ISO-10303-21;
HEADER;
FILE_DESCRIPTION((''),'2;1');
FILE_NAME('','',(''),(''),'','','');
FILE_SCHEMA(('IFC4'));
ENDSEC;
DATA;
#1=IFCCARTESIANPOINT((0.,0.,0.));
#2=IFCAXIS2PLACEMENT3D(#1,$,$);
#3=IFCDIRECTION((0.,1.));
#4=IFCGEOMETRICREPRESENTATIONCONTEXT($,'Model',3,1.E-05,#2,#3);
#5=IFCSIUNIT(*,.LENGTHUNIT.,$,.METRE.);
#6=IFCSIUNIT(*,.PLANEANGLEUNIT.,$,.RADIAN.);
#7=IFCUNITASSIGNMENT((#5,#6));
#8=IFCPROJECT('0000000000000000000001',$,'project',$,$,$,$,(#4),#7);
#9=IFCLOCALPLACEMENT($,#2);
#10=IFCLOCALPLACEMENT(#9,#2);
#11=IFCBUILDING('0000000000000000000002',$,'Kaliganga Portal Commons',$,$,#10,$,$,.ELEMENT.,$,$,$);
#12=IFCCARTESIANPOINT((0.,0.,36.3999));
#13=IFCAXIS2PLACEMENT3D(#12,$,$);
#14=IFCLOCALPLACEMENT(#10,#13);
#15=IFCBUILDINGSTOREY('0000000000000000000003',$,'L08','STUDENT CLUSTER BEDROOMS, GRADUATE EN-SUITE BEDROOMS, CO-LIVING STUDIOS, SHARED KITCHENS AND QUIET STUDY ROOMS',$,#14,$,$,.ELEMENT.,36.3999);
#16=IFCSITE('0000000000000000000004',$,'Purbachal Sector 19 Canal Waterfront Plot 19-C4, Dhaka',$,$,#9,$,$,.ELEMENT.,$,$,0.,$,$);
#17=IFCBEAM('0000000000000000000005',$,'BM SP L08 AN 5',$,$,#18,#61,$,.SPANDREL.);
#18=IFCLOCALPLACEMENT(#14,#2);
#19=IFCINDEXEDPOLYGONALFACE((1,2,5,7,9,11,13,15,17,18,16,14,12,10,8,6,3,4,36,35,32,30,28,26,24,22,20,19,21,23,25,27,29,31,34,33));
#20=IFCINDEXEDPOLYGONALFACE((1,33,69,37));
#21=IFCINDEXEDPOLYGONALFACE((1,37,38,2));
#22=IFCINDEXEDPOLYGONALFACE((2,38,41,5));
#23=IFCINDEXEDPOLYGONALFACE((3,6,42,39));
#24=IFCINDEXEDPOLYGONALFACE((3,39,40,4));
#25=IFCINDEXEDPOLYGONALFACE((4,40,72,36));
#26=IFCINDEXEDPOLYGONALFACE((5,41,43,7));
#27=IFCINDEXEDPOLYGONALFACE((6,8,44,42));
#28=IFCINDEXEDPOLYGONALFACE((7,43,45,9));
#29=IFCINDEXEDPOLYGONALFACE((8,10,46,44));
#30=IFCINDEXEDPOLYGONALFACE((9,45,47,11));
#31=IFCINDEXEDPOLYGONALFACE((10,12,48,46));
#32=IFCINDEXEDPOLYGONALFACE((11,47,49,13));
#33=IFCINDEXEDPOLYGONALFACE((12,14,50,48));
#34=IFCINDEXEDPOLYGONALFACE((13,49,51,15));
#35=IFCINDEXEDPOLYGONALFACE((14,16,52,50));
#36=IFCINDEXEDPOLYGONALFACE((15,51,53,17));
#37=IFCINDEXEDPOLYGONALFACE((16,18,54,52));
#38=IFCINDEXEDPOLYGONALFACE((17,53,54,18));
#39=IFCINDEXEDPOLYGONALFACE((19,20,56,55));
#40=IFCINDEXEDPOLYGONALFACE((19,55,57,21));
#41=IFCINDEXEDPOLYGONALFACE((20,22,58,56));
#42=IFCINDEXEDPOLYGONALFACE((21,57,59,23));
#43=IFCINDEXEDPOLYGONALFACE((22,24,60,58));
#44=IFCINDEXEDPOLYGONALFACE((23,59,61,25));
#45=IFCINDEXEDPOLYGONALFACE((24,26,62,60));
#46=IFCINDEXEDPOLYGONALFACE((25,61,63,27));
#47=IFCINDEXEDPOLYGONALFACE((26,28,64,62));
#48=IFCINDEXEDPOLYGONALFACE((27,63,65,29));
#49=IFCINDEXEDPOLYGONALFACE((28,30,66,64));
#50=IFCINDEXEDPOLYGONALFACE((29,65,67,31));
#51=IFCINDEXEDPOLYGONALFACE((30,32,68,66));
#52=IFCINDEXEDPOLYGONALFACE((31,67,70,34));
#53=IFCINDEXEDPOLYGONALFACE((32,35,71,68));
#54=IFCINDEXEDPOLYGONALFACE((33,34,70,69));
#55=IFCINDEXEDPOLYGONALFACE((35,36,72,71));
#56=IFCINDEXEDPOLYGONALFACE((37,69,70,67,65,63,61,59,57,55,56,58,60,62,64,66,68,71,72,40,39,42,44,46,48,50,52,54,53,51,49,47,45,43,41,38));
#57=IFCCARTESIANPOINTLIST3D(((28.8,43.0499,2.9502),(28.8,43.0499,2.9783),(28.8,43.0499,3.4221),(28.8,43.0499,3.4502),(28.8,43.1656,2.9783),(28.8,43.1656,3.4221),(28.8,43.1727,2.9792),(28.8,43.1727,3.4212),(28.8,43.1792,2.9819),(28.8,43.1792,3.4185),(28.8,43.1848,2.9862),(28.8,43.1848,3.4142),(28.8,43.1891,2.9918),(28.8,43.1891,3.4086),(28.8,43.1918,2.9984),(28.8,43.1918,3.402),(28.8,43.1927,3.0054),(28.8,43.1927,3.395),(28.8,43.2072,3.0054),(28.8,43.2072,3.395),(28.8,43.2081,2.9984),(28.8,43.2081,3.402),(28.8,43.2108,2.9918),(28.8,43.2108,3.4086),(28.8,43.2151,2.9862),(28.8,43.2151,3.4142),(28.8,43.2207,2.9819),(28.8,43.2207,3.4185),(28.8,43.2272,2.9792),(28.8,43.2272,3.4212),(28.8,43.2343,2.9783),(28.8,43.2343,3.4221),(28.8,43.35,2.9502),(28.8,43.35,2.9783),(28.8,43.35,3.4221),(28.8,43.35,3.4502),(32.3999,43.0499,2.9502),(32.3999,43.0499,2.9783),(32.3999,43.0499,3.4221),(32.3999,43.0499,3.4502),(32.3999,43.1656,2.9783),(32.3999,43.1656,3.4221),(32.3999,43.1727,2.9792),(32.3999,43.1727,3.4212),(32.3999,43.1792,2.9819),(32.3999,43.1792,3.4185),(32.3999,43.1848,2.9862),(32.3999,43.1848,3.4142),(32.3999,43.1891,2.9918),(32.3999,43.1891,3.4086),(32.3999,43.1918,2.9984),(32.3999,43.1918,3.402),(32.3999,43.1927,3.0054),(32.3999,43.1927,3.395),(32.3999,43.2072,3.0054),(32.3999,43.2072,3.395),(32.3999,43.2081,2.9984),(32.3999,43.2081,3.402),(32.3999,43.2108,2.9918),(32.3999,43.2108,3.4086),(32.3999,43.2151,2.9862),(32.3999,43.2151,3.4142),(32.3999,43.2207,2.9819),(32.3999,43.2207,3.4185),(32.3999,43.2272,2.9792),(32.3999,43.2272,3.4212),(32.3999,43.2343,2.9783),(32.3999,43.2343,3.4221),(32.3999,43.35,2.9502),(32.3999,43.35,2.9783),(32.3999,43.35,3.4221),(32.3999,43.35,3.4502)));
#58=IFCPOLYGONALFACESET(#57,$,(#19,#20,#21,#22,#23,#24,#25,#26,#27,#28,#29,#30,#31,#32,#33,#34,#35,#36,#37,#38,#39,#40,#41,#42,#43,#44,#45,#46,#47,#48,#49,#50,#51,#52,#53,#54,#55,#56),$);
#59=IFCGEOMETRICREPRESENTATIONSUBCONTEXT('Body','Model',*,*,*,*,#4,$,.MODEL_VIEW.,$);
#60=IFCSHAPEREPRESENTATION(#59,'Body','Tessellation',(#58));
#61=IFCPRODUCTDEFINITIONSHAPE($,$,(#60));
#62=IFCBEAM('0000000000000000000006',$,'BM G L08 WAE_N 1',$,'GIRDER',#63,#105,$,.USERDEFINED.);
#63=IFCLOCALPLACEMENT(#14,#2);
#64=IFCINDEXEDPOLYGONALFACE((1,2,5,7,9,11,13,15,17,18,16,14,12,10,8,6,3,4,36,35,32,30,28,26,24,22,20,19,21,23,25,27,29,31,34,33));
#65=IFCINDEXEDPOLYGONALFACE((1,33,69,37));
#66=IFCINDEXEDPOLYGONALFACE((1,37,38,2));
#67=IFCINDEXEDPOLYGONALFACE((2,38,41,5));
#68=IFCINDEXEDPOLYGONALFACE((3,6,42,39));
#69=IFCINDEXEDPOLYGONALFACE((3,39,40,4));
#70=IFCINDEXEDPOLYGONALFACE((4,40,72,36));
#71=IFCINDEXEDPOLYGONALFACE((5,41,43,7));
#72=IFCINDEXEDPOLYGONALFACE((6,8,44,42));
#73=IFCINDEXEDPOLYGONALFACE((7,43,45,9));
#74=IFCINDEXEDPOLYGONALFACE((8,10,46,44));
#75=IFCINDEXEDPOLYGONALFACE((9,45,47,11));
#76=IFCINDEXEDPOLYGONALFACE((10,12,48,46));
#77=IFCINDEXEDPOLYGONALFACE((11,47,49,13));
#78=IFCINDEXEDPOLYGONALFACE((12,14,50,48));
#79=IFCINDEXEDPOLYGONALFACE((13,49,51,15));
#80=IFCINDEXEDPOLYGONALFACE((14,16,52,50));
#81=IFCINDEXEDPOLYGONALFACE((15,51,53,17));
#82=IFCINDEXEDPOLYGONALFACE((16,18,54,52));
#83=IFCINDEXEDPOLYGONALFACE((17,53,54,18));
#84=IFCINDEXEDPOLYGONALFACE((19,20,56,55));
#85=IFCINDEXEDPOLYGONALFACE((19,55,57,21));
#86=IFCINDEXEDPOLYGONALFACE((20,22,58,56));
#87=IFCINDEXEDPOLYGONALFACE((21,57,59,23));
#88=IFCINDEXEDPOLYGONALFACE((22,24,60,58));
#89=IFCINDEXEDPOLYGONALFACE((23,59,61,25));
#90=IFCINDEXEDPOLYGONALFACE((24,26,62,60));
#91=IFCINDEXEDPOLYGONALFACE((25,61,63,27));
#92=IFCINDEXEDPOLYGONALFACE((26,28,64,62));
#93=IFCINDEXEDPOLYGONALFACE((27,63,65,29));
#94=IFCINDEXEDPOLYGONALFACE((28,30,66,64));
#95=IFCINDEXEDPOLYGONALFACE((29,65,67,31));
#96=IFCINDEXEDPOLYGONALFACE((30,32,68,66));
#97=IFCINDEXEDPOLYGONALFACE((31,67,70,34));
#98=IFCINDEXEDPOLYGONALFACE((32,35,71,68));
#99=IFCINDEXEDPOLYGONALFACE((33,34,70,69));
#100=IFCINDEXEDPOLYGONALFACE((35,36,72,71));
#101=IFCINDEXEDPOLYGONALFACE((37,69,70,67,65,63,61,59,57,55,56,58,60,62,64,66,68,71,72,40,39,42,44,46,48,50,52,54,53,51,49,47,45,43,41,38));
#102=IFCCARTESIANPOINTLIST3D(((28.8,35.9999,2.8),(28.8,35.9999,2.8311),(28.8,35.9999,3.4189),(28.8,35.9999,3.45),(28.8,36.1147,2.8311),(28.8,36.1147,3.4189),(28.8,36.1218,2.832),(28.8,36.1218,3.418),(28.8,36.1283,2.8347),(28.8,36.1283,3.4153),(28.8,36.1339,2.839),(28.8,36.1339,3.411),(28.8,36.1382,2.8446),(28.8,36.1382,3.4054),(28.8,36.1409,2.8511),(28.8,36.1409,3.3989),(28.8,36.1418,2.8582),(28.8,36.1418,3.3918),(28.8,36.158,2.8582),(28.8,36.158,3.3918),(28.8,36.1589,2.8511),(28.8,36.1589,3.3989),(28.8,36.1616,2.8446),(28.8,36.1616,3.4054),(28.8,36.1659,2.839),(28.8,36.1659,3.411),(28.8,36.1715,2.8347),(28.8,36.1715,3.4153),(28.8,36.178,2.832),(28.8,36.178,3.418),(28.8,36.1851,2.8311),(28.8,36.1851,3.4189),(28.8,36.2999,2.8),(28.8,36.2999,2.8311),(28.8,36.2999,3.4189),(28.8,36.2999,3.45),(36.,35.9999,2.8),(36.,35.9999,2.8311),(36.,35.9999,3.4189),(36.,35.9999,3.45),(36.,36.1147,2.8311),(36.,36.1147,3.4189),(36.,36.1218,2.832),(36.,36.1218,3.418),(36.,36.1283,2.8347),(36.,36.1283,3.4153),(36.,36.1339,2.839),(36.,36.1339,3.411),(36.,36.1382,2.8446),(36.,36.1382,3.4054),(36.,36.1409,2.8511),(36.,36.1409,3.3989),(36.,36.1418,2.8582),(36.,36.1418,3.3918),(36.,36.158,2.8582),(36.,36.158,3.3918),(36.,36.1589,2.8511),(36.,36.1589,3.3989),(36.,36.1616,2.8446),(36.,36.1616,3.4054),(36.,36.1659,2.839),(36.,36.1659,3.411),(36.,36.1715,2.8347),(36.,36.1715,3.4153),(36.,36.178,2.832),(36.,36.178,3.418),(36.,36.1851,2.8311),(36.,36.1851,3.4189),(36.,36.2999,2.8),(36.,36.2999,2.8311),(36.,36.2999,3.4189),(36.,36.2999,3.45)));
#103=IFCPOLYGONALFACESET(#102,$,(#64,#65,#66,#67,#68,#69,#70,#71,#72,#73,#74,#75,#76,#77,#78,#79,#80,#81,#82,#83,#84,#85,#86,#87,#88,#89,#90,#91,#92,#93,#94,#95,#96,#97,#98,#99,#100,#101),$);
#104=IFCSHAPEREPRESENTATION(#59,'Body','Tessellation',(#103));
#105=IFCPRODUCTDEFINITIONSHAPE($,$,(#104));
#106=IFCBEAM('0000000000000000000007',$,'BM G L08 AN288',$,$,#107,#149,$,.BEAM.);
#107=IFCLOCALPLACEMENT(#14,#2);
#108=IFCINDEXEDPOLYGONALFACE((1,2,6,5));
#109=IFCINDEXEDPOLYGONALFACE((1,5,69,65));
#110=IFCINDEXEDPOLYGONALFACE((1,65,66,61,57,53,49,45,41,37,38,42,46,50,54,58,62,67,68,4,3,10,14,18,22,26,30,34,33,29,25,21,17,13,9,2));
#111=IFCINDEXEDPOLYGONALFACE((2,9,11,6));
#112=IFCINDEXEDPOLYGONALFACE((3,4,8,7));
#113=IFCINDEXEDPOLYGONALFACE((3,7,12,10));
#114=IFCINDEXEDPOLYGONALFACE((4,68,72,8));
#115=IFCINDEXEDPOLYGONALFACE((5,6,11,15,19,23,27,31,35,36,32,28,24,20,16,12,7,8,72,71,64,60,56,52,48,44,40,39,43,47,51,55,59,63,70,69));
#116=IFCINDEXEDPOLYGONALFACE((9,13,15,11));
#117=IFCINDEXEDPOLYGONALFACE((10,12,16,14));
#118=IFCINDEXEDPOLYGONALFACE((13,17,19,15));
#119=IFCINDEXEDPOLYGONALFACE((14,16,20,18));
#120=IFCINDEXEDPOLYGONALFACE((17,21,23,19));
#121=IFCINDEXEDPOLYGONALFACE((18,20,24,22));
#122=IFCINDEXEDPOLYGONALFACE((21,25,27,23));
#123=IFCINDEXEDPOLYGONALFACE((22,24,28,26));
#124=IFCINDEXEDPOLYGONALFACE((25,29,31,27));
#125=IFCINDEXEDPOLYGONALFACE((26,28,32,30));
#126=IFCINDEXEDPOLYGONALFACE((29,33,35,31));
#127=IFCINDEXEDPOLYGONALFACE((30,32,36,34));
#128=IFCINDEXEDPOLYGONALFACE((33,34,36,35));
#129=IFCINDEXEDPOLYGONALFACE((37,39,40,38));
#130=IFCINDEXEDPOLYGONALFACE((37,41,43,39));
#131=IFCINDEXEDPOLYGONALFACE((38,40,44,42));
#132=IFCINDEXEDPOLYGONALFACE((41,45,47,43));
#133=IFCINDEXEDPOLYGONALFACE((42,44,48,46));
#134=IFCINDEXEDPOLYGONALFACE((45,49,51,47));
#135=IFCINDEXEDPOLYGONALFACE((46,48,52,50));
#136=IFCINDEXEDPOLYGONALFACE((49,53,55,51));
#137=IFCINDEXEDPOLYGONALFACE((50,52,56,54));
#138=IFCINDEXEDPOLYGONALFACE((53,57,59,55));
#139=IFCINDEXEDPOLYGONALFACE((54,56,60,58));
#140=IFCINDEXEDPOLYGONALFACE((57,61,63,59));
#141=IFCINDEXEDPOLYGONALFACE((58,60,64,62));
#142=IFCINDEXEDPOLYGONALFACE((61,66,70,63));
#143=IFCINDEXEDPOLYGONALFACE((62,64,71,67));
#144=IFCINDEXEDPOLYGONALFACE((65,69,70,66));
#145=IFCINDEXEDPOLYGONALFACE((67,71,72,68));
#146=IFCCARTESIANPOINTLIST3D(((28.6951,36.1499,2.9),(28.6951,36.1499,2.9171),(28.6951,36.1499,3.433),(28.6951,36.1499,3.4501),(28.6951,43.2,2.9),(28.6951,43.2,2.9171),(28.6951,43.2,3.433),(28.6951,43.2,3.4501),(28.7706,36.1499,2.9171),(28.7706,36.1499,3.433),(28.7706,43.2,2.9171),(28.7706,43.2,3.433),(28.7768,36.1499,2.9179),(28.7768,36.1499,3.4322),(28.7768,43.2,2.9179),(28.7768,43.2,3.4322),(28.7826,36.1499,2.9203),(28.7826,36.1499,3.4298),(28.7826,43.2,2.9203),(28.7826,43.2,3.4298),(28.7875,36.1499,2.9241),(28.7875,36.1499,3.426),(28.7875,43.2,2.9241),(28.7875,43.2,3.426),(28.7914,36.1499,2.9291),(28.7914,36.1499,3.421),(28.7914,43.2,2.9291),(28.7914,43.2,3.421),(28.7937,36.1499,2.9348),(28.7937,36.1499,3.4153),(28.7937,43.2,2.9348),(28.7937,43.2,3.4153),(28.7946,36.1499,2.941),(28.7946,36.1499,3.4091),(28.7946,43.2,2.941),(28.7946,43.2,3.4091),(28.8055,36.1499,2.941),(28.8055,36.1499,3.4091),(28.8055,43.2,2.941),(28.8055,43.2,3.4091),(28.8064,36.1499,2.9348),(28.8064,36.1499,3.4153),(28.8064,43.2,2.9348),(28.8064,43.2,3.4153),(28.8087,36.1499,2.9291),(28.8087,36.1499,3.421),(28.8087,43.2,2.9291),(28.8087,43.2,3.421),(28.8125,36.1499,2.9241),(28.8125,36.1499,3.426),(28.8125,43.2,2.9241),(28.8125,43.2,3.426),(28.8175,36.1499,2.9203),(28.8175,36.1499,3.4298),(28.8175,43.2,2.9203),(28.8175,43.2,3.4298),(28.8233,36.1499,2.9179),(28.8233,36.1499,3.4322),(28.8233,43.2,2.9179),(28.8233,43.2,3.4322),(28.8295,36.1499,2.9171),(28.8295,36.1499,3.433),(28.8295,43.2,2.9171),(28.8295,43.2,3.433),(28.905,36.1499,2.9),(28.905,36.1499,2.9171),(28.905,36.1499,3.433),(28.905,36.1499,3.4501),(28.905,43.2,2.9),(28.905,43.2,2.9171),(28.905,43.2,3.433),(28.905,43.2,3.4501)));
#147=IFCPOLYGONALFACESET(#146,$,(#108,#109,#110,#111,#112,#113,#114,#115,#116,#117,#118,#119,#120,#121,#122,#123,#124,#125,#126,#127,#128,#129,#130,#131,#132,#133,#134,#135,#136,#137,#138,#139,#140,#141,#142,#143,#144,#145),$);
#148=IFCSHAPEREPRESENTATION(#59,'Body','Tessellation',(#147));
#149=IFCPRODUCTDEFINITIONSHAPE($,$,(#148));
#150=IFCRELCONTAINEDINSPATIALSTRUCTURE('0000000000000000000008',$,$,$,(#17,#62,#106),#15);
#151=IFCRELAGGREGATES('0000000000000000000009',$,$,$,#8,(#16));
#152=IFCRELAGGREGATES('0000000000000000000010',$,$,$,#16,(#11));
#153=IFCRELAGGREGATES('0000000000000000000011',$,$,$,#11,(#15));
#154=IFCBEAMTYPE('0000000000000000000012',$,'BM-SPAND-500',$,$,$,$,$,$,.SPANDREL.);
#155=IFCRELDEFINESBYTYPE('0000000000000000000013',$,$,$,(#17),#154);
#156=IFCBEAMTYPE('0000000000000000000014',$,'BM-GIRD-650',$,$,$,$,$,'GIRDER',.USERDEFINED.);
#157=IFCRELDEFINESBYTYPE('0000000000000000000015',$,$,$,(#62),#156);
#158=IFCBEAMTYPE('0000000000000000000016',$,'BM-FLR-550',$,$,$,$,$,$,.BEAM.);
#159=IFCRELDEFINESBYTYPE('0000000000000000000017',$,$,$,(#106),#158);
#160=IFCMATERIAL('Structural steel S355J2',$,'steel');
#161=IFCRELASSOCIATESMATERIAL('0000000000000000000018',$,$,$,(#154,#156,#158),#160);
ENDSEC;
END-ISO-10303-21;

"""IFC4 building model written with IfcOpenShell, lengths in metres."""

from ifc_helpers import new_model, si_unit, direction, frame, origin, origin_2d, place, context, subcontext, project, spatial, i_section, extrude, source, transform, mapped, material, material_profile, profile_set, type_object, element, save


model = new_model("IFC4")

# Units and contexts
model_context = context("Model", 3, precision=1e-05, world=origin(), true_north=direction((0.0, 1.0)))
body_context = subcontext(model_context, "Body", "Model", "MODEL_VIEW")
ifc_project = project(units=[si_unit("LENGTHUNIT", "METRE"), si_unit("PLANEANGLEUNIT", "RADIAN")], contexts=[model_context])

# Site, building, storey
site_placement = place(None, origin())
site = spatial("IfcSite", under=ifc_project, at=site_placement, Name="Purbachal Sector 19 Canal Waterfront Plot 19-C4, Dhaka", CompositionType="ELEMENT", RefElevation=0.0)
building_placement = place(site_placement, origin())
building = spatial("IfcBuilding", under=site, at=building_placement, Name="Kaliganga Portal Commons", CompositionType="ELEMENT")
storey_placement = place(building_placement, frame((0.0, 0.0, 36.3999)))
storey = spatial("IfcBuildingStorey", under=building, at=storey_placement, Name="L08", Description="STUDENT CLUSTER BEDROOMS, GRADUATE EN-SUITE BEDROOMS, CO-LIVING STUDIOS, SHARED KITCHENS AND QUIET STUDY ROOMS", CompositionType="ELEMENT", Elevation=36.3999)

# Beams
ifc_material_1 = material(Name="Structural steel S355J2", Category="steel")
ifc_material_profile_1 = material_profile(ifc_material_1, i_section(OverallWidth=0.3, OverallDepth=0.5, WebThickness=0.0144, FlangeThickness=0.0281, FilletRadius=0.0271, at=origin_2d()), Name="HE 500 B")
ifc_profile_set_1 = profile_set([ifc_material_profile_1], Name="Structural steel S355J2 wide-flange")
beam_type_1 = type_object("IfcBeamType", Name="BM-SPAND-500", PredefinedType="SPANDREL", material=ifc_profile_set_1)
shared_shape_1 = source(origin(), body_context, "Body", "SweptSolid", [
    extrude(i_section(OverallWidth=0.3, OverallDepth=0.5, WebThickness=0.0144, FlangeThickness=0.0281, FilletRadius=0.0271, at=origin_2d()), origin(), (0.0, 0.0, 1.0), 3.5999),
])
for number, where, z_axis, x_axis, name in (
    (1, (28.8, 43.2, 3.2002), (1.0, 0.0, 0.0), (0.0, 1.0, 0.0), "BM SP L08 AN 5"),
):
    element("IfcBeam", number, at=place(storey_placement, frame(where, z_axis=z_axis, x_axis=x_axis)), inside=storey, type_object=beam_type_1, Name=name, PredefinedType="SPANDREL", context=body_context, shape_type="MappedRepresentation", body=[
        mapped(shared_shape_1, transform((0.0, 0.0, 0.0), x_axis=(1.0, 0.0, 0.0), y_axis=(0.0, 1.0, 0.0), z_axis=(0.0, 0.0, 1.0), scale=1.0)),
    ])
ifc_material_profile_2 = material_profile(ifc_material_1, i_section(OverallWidth=0.3, OverallDepth=0.6499, WebThickness=0.0161, FlangeThickness=0.031, FilletRadius=0.0271, at=origin_2d()), Name="HE 650 B")
ifc_profile_set_2 = profile_set([ifc_material_profile_2], Name="Structural steel S355J2 wide-flange")
beam_type_2 = type_object("IfcBeamType", Name="BM-GIRD-650", ElementType="GIRDER", PredefinedType="USERDEFINED", material=ifc_profile_set_2)
shared_shape_2 = source(origin(), body_context, "Body", "SweptSolid", [
    extrude(i_section(OverallWidth=0.3, OverallDepth=0.6499, WebThickness=0.0161, FlangeThickness=0.031, FilletRadius=0.0271, at=origin_2d()), origin(), (0.0, 0.0, 1.0), 7.2),
])
beam_1_placement = place(storey_placement, frame((28.8, 36.1499, 3.125), z_axis=(1.0, 0.0, 0.0), x_axis=(0.0, 1.0, 0.0)))
element("IfcBeam", 2, at=beam_1_placement, inside=storey, type_object=beam_type_2, Name="BM G L08 WAE_N 1", ObjectType="GIRDER", PredefinedType="USERDEFINED", context=body_context, shape_type="MappedRepresentation", body=[
    mapped(shared_shape_2, transform((0.0, 0.0, 0.0), x_axis=(1.0, 0.0, 0.0), y_axis=(0.0, 1.0, 0.0), z_axis=(0.0, 0.0, 1.0), scale=1.0)),
])
ifc_material_profile_3 = material_profile(ifc_material_1, i_section(OverallWidth=0.21, OverallDepth=0.55, WebThickness=0.011, FlangeThickness=0.0171, FilletRadius=0.0239, at=origin_2d()), Name="IPE 550")
ifc_profile_set_3 = profile_set([ifc_material_profile_3], Name="Structural steel S355J2 wide-flange")
beam_type_3 = type_object("IfcBeamType", Name="BM-FLR-550", PredefinedType="BEAM", material=ifc_profile_set_3)
shared_shape_3 = source(origin(), body_context, "Body", "SweptSolid", [
    extrude(i_section(OverallWidth=0.21, OverallDepth=0.55, WebThickness=0.011, FlangeThickness=0.0171, FilletRadius=0.0239, at=origin_2d()), origin(), (0.0, 0.0, 1.0), 7.05),
])
beam_2_placement = place(storey_placement, frame((28.8, 36.1499, 3.175), z_axis=(0.0, 1.0, 0.0), x_axis=(-1.0, 0.0, 0.0)))
element("IfcBeam", 3, at=beam_2_placement, inside=storey, type_object=beam_type_3, Name="BM G L08 AN288", PredefinedType="BEAM", context=body_context, shape_type="MappedRepresentation", body=[
    mapped(shared_shape_3, transform((0.0, 0.0, 0.0), x_axis=(1.0, 0.0, 0.0), y_axis=(0.0, 1.0, 0.0), z_axis=(0.0, 0.0, 1.0), scale=1.0)),
])

save(model, "model.ifc")
